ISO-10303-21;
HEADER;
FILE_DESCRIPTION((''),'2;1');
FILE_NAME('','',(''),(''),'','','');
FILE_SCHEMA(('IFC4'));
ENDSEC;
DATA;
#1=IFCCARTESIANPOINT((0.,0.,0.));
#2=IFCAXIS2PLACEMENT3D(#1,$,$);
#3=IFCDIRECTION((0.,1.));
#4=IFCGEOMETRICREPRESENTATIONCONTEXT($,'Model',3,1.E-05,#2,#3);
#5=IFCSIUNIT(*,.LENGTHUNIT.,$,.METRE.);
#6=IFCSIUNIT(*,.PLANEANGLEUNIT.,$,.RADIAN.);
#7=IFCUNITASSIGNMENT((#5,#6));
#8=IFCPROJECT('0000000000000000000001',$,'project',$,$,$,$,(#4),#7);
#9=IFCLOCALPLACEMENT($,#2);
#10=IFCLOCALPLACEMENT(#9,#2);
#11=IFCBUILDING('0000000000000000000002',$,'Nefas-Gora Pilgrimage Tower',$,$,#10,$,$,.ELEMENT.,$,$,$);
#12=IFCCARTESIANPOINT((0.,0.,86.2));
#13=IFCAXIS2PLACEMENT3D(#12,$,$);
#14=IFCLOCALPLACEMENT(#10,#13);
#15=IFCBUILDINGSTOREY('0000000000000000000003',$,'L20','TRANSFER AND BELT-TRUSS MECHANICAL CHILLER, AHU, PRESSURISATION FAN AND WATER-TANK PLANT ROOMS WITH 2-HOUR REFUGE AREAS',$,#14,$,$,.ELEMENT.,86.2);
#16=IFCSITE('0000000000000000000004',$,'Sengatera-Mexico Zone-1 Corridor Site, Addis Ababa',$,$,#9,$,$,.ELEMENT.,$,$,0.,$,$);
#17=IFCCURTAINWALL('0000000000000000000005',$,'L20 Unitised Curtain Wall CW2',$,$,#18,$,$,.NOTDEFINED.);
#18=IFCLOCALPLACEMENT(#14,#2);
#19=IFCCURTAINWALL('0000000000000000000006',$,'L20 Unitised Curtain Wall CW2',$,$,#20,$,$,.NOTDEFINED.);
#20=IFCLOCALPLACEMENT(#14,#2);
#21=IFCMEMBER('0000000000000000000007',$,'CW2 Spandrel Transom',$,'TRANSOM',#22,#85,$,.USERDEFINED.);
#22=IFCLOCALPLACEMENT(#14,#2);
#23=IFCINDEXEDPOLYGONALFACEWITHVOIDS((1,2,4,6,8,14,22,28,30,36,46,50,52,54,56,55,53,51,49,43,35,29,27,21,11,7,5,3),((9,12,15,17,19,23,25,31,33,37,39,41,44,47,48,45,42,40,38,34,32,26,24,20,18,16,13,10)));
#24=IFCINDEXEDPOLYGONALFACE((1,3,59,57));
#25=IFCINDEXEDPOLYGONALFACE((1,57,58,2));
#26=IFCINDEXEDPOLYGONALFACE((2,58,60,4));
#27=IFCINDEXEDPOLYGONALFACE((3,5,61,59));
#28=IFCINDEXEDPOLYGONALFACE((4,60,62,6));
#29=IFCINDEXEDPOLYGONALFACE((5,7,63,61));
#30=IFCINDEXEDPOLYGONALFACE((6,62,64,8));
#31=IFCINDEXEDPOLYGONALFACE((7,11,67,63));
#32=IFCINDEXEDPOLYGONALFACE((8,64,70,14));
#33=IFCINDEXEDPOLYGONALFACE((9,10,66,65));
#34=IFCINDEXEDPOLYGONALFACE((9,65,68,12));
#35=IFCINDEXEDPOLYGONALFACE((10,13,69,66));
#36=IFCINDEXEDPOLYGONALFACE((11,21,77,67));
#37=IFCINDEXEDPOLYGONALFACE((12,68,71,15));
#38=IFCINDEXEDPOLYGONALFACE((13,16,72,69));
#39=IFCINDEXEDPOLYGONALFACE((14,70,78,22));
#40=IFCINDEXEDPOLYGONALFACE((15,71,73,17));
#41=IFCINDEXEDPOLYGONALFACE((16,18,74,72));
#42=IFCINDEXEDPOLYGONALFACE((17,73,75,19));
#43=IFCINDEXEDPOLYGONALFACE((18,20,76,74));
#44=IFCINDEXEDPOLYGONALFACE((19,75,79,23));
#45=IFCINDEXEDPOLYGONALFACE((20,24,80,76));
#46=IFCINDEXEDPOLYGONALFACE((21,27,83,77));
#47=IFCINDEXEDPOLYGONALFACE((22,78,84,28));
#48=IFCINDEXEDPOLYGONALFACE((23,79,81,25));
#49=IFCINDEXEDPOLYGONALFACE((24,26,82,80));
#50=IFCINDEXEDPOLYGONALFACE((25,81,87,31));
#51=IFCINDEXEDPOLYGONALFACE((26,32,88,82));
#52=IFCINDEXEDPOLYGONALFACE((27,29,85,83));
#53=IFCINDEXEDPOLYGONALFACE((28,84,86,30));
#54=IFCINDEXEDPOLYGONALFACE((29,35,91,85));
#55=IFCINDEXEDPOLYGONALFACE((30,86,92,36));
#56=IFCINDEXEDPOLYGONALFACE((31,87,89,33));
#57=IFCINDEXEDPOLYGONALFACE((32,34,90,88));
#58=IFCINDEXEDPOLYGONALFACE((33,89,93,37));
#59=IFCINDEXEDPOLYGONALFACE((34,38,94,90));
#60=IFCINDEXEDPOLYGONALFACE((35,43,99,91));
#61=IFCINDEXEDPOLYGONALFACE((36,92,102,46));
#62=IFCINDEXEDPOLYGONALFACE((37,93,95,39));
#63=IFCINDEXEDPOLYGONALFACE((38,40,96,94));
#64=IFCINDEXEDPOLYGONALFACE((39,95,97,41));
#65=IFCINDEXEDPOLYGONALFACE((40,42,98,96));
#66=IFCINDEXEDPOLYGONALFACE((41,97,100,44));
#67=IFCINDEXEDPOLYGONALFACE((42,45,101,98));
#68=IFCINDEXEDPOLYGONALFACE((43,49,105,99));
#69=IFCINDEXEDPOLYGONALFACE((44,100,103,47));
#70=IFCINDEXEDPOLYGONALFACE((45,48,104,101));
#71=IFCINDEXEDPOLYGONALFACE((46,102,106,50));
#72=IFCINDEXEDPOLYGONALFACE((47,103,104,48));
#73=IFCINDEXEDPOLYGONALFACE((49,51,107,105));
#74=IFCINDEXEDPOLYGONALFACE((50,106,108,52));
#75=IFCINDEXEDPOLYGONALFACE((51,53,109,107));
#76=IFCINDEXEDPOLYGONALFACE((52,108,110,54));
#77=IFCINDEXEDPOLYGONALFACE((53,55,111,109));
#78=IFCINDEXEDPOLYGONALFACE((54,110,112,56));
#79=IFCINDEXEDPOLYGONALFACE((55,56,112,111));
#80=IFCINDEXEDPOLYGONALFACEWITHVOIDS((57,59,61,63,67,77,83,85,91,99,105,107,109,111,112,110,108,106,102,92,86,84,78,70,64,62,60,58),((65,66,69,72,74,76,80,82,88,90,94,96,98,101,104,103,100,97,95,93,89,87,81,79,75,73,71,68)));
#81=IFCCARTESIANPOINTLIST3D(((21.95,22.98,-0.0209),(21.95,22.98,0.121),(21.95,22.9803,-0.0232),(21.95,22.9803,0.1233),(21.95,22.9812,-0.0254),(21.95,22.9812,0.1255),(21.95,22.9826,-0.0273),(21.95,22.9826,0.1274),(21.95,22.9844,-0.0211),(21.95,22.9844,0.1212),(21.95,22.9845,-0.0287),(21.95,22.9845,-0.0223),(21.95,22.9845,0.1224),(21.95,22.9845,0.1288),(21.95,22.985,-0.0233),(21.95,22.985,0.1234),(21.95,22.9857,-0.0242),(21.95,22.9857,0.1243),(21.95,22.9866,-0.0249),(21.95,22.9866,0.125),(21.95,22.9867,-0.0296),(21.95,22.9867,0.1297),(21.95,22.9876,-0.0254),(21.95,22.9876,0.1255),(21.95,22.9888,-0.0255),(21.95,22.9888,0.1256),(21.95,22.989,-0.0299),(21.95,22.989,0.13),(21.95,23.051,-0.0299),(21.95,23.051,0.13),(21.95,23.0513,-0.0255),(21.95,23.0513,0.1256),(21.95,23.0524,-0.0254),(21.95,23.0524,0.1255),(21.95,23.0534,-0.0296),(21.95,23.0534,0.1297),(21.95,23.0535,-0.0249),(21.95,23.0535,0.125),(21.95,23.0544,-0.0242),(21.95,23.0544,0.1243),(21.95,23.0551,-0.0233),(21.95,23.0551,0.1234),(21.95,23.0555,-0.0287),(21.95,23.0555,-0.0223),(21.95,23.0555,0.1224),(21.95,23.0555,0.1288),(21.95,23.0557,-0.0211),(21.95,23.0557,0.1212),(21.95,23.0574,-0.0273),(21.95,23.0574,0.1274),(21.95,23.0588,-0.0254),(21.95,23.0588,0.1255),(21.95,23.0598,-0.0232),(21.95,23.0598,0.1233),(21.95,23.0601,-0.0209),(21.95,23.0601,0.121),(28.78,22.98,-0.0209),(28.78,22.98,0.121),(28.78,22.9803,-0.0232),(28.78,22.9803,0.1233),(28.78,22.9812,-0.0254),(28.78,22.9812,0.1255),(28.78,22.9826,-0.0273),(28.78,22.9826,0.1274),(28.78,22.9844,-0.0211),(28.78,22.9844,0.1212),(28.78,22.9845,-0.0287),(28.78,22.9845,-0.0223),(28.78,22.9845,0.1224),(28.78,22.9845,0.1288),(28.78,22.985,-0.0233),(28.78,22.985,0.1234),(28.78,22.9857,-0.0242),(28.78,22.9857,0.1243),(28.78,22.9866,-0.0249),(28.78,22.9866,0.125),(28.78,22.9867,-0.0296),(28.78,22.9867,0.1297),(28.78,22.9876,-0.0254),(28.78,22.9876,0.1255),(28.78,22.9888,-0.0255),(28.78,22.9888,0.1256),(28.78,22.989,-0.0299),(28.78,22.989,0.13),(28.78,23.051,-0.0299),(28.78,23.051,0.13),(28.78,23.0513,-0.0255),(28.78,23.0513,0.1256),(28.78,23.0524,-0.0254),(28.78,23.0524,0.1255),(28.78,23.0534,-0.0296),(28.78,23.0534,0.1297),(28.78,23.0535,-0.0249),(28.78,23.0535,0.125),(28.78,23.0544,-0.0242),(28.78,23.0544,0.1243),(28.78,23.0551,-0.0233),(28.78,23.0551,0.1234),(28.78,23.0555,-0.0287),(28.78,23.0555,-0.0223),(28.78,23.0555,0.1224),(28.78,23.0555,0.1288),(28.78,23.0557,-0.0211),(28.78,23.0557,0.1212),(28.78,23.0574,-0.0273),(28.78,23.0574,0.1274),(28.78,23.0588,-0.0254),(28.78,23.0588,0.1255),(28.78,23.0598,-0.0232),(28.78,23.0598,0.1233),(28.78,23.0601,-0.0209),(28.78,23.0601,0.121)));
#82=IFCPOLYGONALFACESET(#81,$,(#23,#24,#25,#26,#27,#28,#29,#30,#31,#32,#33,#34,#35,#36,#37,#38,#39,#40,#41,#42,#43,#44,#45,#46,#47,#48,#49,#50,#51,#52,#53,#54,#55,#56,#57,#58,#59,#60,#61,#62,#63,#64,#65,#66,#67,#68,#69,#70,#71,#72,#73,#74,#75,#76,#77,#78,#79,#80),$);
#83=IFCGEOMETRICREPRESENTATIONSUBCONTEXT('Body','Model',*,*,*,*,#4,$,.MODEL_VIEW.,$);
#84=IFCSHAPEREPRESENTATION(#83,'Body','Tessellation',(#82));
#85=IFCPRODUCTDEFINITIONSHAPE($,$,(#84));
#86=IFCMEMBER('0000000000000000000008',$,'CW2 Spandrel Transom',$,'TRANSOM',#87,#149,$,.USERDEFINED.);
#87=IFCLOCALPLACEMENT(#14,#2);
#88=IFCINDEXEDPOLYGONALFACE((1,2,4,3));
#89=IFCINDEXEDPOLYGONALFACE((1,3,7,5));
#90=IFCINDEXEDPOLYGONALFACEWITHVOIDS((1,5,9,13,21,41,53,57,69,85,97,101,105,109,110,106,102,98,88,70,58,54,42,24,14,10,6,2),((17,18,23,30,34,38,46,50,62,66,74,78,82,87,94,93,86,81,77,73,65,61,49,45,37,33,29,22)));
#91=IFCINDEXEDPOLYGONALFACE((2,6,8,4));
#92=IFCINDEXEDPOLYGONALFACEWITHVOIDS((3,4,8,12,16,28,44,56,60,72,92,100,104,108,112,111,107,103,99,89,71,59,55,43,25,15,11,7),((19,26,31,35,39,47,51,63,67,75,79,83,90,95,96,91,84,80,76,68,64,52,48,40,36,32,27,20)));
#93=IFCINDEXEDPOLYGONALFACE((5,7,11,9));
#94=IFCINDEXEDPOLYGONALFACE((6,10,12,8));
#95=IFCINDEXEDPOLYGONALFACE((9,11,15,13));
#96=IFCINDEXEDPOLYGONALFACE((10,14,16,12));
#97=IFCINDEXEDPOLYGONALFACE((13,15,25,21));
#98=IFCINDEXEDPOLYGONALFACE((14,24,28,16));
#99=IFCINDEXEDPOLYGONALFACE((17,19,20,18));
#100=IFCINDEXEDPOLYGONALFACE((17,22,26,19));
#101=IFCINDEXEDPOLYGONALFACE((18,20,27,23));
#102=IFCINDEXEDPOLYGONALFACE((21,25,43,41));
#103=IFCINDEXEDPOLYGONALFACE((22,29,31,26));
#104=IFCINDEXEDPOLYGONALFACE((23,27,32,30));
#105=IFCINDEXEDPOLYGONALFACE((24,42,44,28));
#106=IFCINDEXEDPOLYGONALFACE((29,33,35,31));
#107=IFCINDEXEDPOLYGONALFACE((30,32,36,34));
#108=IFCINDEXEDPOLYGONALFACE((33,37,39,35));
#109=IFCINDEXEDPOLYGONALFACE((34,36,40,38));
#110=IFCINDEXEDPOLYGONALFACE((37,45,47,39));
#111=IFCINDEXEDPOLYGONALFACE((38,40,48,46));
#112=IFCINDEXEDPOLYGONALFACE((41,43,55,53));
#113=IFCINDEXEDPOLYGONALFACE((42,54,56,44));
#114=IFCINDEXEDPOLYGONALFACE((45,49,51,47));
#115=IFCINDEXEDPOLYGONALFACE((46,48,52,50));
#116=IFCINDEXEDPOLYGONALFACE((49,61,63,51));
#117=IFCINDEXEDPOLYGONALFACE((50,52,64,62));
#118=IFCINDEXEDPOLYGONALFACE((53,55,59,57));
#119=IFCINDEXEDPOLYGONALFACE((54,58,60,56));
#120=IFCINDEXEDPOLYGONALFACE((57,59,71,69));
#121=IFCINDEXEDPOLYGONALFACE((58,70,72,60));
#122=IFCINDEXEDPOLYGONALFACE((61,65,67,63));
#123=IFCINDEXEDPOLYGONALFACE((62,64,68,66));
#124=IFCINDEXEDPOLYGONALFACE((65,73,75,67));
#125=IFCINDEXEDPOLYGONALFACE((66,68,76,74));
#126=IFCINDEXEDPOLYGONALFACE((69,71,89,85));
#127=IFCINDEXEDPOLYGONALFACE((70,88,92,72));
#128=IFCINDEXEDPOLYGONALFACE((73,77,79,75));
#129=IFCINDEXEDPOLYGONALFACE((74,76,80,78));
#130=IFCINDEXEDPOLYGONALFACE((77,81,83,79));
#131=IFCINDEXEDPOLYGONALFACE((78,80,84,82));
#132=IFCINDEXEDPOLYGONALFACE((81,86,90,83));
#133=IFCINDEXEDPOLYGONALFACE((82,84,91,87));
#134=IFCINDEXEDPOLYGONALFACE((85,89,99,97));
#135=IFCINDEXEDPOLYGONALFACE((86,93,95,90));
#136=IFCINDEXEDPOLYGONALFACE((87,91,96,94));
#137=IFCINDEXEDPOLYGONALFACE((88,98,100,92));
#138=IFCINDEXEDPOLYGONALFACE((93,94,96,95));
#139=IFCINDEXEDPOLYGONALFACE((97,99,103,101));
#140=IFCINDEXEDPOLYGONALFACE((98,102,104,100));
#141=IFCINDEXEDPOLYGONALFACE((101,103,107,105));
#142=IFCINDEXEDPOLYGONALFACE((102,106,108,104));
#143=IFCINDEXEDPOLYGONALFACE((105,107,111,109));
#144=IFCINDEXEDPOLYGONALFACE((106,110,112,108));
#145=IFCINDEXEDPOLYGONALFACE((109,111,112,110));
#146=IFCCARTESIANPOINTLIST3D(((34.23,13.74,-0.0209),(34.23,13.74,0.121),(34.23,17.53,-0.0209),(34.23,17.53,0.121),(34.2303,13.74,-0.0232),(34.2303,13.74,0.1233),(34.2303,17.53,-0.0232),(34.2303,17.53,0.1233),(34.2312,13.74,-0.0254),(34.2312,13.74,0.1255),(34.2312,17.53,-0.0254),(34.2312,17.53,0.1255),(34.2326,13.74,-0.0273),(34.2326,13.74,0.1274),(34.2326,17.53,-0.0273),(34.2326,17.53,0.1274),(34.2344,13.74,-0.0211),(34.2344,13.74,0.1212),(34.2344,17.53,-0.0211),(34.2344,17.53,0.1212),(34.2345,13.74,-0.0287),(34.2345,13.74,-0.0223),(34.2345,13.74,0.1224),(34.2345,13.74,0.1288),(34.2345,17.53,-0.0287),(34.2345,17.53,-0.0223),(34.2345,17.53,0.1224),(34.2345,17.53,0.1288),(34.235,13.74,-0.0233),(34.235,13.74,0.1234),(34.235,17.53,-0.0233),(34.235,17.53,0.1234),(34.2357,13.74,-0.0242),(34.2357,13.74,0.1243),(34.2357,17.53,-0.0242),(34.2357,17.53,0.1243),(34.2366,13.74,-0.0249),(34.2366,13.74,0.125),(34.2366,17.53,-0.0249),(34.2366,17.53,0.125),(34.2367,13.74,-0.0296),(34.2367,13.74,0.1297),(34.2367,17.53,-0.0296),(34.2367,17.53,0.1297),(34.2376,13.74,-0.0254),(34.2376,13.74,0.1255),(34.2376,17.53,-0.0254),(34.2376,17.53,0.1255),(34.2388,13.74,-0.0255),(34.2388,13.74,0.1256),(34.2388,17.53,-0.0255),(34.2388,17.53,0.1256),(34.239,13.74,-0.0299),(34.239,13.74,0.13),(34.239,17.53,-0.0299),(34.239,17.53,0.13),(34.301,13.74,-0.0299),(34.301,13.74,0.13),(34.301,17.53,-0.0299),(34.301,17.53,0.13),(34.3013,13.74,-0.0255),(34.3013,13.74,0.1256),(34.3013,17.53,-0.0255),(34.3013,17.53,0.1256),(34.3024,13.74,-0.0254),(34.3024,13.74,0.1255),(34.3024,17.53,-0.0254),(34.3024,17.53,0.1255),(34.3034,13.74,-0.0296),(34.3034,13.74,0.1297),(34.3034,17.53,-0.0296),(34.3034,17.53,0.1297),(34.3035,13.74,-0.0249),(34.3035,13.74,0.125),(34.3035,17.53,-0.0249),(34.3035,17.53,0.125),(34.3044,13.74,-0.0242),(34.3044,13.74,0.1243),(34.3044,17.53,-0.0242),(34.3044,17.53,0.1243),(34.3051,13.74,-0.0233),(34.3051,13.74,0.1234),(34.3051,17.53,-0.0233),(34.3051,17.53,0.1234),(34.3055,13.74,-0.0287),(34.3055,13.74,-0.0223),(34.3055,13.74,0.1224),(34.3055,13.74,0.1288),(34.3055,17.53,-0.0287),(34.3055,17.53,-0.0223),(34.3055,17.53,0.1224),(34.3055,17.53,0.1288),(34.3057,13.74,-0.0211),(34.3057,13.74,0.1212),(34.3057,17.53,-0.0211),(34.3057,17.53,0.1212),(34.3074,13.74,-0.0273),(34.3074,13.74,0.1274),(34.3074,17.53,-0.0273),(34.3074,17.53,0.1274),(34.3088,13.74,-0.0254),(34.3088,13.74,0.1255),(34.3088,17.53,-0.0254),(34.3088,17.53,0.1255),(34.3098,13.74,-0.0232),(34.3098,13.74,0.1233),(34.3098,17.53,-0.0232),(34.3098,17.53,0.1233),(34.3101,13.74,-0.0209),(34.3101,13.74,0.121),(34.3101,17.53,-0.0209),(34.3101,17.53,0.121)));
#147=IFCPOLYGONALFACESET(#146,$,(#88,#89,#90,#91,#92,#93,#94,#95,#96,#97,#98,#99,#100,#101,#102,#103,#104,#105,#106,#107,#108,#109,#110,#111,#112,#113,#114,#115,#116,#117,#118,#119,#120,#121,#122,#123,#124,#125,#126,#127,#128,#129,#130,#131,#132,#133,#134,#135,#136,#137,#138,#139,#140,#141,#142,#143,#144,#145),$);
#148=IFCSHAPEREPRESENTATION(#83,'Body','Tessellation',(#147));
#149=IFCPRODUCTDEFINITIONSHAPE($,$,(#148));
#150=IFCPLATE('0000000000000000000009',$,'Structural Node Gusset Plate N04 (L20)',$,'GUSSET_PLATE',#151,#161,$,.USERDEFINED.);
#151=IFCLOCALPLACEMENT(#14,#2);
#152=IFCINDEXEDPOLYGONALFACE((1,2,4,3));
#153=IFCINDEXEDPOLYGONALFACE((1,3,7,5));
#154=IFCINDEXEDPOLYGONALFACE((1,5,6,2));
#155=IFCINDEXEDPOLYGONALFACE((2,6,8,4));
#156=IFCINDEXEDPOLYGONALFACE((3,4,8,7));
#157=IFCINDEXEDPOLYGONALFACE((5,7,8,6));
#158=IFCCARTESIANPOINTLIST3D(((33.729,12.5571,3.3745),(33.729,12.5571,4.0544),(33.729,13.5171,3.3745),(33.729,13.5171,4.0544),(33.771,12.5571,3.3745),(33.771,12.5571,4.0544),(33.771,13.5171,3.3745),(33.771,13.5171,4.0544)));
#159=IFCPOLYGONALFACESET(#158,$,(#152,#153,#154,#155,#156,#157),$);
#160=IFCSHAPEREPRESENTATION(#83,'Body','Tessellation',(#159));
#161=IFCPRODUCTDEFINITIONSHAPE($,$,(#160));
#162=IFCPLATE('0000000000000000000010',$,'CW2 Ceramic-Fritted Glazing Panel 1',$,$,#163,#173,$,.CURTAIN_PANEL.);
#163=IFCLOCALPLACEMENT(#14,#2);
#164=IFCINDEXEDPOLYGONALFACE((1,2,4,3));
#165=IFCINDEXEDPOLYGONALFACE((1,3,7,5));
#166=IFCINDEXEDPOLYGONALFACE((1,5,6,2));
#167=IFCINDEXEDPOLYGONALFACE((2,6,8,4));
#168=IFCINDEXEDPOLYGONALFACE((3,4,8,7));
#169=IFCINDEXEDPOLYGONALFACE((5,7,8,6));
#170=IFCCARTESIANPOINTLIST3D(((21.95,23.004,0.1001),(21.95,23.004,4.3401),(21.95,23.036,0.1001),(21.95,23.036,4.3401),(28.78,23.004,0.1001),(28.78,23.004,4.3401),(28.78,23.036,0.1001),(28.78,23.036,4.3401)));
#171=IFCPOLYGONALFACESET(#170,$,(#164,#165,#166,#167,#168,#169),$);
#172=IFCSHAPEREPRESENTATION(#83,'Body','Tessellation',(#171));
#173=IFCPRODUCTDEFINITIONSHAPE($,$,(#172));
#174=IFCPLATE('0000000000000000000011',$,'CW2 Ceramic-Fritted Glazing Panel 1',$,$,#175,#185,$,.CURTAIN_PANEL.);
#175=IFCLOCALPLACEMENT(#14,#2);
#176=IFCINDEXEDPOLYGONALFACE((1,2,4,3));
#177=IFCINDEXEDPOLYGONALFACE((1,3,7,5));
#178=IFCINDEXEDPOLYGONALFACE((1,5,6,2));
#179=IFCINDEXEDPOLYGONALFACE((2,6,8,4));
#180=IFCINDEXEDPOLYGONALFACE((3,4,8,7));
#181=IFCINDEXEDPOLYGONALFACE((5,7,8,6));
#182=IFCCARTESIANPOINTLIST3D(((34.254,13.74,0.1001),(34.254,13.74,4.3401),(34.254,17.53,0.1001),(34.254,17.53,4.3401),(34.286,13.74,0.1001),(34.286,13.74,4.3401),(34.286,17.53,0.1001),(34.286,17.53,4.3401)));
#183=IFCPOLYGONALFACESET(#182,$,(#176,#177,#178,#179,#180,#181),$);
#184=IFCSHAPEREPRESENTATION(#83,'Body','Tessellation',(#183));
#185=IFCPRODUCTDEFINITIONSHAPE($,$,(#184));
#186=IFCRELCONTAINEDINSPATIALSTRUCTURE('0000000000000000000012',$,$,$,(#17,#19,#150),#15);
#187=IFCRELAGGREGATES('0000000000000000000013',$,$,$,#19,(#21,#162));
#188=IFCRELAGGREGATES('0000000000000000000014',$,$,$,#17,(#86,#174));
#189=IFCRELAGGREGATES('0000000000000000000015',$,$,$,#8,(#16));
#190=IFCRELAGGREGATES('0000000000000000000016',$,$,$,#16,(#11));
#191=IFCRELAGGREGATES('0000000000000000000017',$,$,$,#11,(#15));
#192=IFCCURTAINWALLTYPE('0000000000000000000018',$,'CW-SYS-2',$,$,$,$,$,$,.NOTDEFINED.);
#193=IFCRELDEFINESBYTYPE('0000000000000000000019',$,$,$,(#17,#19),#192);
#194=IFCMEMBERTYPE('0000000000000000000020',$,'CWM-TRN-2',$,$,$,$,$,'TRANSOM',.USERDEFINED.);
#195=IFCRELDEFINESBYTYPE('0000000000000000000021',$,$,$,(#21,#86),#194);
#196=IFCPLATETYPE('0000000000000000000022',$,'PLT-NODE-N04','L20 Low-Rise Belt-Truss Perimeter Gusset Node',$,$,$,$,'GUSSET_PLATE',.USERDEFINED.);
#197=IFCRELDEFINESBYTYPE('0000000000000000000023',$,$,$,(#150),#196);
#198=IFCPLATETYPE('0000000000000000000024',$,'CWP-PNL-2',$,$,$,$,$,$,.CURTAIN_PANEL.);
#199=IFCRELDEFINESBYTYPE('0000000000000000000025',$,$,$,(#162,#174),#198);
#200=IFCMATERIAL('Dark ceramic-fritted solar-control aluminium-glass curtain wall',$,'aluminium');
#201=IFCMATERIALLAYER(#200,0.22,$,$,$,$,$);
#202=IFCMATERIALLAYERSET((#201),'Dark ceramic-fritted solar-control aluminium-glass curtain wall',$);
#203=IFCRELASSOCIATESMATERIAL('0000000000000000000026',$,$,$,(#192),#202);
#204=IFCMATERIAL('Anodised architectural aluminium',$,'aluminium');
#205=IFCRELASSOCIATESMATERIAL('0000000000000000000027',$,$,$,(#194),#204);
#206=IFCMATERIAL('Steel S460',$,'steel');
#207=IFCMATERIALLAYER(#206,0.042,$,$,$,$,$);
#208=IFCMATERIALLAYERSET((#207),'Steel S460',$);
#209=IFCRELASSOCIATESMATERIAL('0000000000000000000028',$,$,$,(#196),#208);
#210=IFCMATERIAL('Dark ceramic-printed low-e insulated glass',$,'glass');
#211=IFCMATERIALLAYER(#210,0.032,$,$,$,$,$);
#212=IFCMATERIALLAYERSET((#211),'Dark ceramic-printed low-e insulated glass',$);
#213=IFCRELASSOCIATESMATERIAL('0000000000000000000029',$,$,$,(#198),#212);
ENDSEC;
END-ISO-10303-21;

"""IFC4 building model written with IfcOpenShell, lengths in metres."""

from ifc_helpers import new_model, si_unit, direction, frame, origin, origin_2d, place, context, subcontext, project, spatial, rectangle, hollow_rectangle, extrude, source, transform, mapped, material, layer, layer_set, material_profile, profile_set, type_object, element, aggregate, save


model = new_model("IFC4")

# Units and contexts
model_context = context("Model", 3, precision=1e-05, world=origin(), true_north=direction((0.0, 1.0)))
body_context = subcontext(model_context, "Body", "Model", "MODEL_VIEW")
ifc_project = project(units=[si_unit("LENGTHUNIT", "METRE"), si_unit("PLANEANGLEUNIT", "RADIAN")], contexts=[model_context])

# Site, building, storey
site_placement = place(None, origin())
site = spatial("IfcSite", under=ifc_project, at=site_placement, Name="Sengatera-Mexico Zone-1 Corridor Site, Addis Ababa", CompositionType="ELEMENT", RefElevation=0.0)
building_placement = place(site_placement, origin())
building = spatial("IfcBuilding", under=site, at=building_placement, Name="Nefas-Gora Pilgrimage Tower", CompositionType="ELEMENT")
storey_placement = place(building_placement, frame((0.0, 0.0, 86.2)))
storey = spatial("IfcBuildingStorey", under=building, at=storey_placement, Name="L20", Description="TRANSFER AND BELT-TRUSS MECHANICAL CHILLER, AHU, PRESSURISATION FAN AND WATER-TANK PLANT ROOMS WITH 2-HOUR REFUGE AREAS", CompositionType="ELEMENT", Elevation=86.2)

# Shared definitions
ifc_material_1 = material(Name="Steel S460", Category="steel")

# Curtain walls
ifc_material_2 = material(Name="Dark ceramic-fritted solar-control aluminium-glass curtain wall", Category="aluminium")
ifc_layer_1 = layer(ifc_material_2, 0.22)
ifc_layer_set_1 = layer_set([ifc_layer_1], Name="Dark ceramic-fritted solar-control aluminium-glass curtain wall")
curtain_wall_type = type_object("IfcCurtainWallType", Name="CW-SYS-2", PredefinedType="NOTDEFINED", material=ifc_layer_set_1)
curtain_wall_1_placement = place(storey_placement, origin())
curtain_wall_1 = element("IfcCurtainWall", 1, at=curtain_wall_1_placement, inside=storey, type_object=curtain_wall_type, Name="L20 Unitised Curtain Wall CW2", PredefinedType="NOTDEFINED")
ifc_material_3 = material(Name="Anodised architectural aluminium", Category="aluminium")
curtain_wall_2_placement = place(storey_placement, origin())
curtain_wall_2 = element("IfcCurtainWall", 2, at=curtain_wall_2_placement, inside=storey, type_object=curtain_wall_type, Name="L20 Unitised Curtain Wall CW2", PredefinedType="NOTDEFINED")
ifc_material_profile_1 = material_profile(ifc_material_3, hollow_rectangle(XDim=0.0801, YDim=0.1599, WallThickness=0.0044, InnerFilletRadius=0.0044, OuterFilletRadius=0.009, at=origin_2d()), Name="ALU TRANSOM 80x160")
ifc_profile_set_1 = profile_set([ifc_material_profile_1], Name="Anodised architectural aluminium")
member_type_1 = type_object("IfcMemberType", Name="CWM-TRN-2", ElementType="TRANSOM", PredefinedType="USERDEFINED", material=ifc_profile_set_1)

# Members
shared_shape_1 = source(origin(), body_context, "Body", "SweptSolid", [
    extrude(hollow_rectangle(XDim=0.0801, YDim=0.1599, WallThickness=0.0044, InnerFilletRadius=0.0044, OuterFilletRadius=0.009, at=origin_2d()), origin(), (0.0, 0.0, 1.0), 6.8301),
])
member_1_placement = place(storey_placement, frame((28.78, 23.02, 0.05), z_axis=(-1.0, 0.0, 0.0), x_axis=(0.0, -1.0, 0.0)))
member_1 = element("IfcMember", 3, at=member_1_placement, type_object=member_type_1, Name="CW2 Spandrel Transom", ObjectType="TRANSOM", PredefinedType="USERDEFINED", context=body_context, shape_type="MappedRepresentation", body=[
    mapped(shared_shape_1, transform((0.0, 0.0, 0.0), x_axis=(1.0, 0.0, 0.0), y_axis=(0.0, 1.0, 0.0), z_axis=(0.0, 0.0, 1.0), scale=1.0)),
])
shared_shape_2 = source(origin(), body_context, "Body", "SweptSolid", [
    extrude(hollow_rectangle(XDim=0.0801, YDim=0.1599, WallThickness=0.0044, InnerFilletRadius=0.0044, OuterFilletRadius=0.009, at=origin_2d()), origin(), (0.0, 0.0, 1.0), 3.79),
])
member_2_placement = place(storey_placement, frame((34.27, 13.74, 0.05), z_axis=(0.0, 1.0, 0.0), x_axis=(-1.0, 0.0, 0.0)))
member_2 = element("IfcMember", 4, at=member_2_placement, type_object=member_type_1, Name="CW2 Spandrel Transom", ObjectType="TRANSOM", PredefinedType="USERDEFINED", context=body_context, shape_type="MappedRepresentation", body=[
    mapped(shared_shape_2, transform((0.0, 0.0, 0.0), x_axis=(1.0, 0.0, 0.0), y_axis=(0.0, 1.0, 0.0), z_axis=(0.0, 0.0, 1.0), scale=1.0)),
])

# Plates
ifc_layer_2 = layer(ifc_material_1, 0.042)
ifc_layer_set_2 = layer_set([ifc_layer_2], Name="Steel S460")
plate_type_1 = type_object("IfcPlateType", Name="PLT-NODE-N04", Description="L20 Low-Rise Belt-Truss Perimeter Gusset Node", ElementType="GUSSET_PLATE", PredefinedType="USERDEFINED", material=ifc_layer_set_2)
shared_shape_3 = source(origin(), body_context, "Body", "SweptSolid", [
    extrude(rectangle(XDim=0.96, YDim=0.042, at=origin_2d()), origin(), (0.0, 0.0, 1.0), 0.6799),
])
plate_1_placement = place(storey_placement, frame((33.75, 13.0371, 3.3745), z_axis=(0.0, 0.0, 1.0), x_axis=(0.0, 1.0, 0.0)))
element("IfcPlate", 5, at=plate_1_placement, inside=storey, type_object=plate_type_1, Name="Structural Node Gusset Plate N04 (L20)", ObjectType="GUSSET_PLATE", PredefinedType="USERDEFINED", context=body_context, shape_type="MappedRepresentation", body=[
    mapped(shared_shape_3, transform((0.0, 0.0, 0.0), x_axis=(1.0, 0.0, 0.0), y_axis=(0.0, 1.0, 0.0), z_axis=(0.0, 0.0, 1.0), scale=1.0)),
])
ifc_material_4 = material(Name="Dark ceramic-printed low-e insulated glass", Category="glass")
ifc_layer_3 = layer(ifc_material_4, 0.032)
ifc_layer_set_3 = layer_set([ifc_layer_3], Name="Dark ceramic-printed low-e insulated glass")
plate_type_2 = type_object("IfcPlateType", Name="CWP-PNL-2", PredefinedType="CURTAIN_PANEL", material=ifc_layer_set_3)
shared_shape_4 = source(origin(), body_context, "Body", "SweptSolid", [
    extrude(rectangle(XDim=6.8301, YDim=0.032, at=origin_2d()), origin(), (0.0, 0.0, 1.0), 4.24),
])
plate_2_placement = place(storey_placement, frame((25.365, 23.02, 0.1001), z_axis=(0.0, 0.0, 1.0), x_axis=(-1.0, 0.0, 0.0)))
plate_2 = element("IfcPlate", 6, at=plate_2_placement, type_object=plate_type_2, Name="CW2 Ceramic-Fritted Glazing Panel 1", PredefinedType="CURTAIN_PANEL", context=body_context, shape_type="MappedRepresentation", body=[
    mapped(shared_shape_4, transform((0.0, 0.0, 0.0), x_axis=(1.0, 0.0, 0.0), y_axis=(0.0, 1.0, 0.0), z_axis=(0.0, 0.0, 1.0), scale=1.0)),
])
aggregate(curtain_wall_2, [member_1, plate_2])
shared_shape_5 = source(origin(), body_context, "Body", "SweptSolid", [
    extrude(rectangle(XDim=3.79, YDim=0.032, at=origin_2d()), origin(), (0.0, 0.0, 1.0), 4.24),
])
plate_3_placement = place(storey_placement, frame((34.27, 15.635, 0.1001), z_axis=(0.0, 0.0, 1.0), x_axis=(0.0, 1.0, 0.0)))
plate_3 = element("IfcPlate", 7, at=plate_3_placement, type_object=plate_type_2, Name="CW2 Ceramic-Fritted Glazing Panel 1", PredefinedType="CURTAIN_PANEL", context=body_context, shape_type="MappedRepresentation", body=[
    mapped(shared_shape_5, transform((0.0, 0.0, 0.0), x_axis=(1.0, 0.0, 0.0), y_axis=(0.0, 1.0, 0.0), z_axis=(0.0, 0.0, 1.0), scale=1.0)),
])
aggregate(curtain_wall_1, [member_2, plate_3])

save(model, "model.ifc")
